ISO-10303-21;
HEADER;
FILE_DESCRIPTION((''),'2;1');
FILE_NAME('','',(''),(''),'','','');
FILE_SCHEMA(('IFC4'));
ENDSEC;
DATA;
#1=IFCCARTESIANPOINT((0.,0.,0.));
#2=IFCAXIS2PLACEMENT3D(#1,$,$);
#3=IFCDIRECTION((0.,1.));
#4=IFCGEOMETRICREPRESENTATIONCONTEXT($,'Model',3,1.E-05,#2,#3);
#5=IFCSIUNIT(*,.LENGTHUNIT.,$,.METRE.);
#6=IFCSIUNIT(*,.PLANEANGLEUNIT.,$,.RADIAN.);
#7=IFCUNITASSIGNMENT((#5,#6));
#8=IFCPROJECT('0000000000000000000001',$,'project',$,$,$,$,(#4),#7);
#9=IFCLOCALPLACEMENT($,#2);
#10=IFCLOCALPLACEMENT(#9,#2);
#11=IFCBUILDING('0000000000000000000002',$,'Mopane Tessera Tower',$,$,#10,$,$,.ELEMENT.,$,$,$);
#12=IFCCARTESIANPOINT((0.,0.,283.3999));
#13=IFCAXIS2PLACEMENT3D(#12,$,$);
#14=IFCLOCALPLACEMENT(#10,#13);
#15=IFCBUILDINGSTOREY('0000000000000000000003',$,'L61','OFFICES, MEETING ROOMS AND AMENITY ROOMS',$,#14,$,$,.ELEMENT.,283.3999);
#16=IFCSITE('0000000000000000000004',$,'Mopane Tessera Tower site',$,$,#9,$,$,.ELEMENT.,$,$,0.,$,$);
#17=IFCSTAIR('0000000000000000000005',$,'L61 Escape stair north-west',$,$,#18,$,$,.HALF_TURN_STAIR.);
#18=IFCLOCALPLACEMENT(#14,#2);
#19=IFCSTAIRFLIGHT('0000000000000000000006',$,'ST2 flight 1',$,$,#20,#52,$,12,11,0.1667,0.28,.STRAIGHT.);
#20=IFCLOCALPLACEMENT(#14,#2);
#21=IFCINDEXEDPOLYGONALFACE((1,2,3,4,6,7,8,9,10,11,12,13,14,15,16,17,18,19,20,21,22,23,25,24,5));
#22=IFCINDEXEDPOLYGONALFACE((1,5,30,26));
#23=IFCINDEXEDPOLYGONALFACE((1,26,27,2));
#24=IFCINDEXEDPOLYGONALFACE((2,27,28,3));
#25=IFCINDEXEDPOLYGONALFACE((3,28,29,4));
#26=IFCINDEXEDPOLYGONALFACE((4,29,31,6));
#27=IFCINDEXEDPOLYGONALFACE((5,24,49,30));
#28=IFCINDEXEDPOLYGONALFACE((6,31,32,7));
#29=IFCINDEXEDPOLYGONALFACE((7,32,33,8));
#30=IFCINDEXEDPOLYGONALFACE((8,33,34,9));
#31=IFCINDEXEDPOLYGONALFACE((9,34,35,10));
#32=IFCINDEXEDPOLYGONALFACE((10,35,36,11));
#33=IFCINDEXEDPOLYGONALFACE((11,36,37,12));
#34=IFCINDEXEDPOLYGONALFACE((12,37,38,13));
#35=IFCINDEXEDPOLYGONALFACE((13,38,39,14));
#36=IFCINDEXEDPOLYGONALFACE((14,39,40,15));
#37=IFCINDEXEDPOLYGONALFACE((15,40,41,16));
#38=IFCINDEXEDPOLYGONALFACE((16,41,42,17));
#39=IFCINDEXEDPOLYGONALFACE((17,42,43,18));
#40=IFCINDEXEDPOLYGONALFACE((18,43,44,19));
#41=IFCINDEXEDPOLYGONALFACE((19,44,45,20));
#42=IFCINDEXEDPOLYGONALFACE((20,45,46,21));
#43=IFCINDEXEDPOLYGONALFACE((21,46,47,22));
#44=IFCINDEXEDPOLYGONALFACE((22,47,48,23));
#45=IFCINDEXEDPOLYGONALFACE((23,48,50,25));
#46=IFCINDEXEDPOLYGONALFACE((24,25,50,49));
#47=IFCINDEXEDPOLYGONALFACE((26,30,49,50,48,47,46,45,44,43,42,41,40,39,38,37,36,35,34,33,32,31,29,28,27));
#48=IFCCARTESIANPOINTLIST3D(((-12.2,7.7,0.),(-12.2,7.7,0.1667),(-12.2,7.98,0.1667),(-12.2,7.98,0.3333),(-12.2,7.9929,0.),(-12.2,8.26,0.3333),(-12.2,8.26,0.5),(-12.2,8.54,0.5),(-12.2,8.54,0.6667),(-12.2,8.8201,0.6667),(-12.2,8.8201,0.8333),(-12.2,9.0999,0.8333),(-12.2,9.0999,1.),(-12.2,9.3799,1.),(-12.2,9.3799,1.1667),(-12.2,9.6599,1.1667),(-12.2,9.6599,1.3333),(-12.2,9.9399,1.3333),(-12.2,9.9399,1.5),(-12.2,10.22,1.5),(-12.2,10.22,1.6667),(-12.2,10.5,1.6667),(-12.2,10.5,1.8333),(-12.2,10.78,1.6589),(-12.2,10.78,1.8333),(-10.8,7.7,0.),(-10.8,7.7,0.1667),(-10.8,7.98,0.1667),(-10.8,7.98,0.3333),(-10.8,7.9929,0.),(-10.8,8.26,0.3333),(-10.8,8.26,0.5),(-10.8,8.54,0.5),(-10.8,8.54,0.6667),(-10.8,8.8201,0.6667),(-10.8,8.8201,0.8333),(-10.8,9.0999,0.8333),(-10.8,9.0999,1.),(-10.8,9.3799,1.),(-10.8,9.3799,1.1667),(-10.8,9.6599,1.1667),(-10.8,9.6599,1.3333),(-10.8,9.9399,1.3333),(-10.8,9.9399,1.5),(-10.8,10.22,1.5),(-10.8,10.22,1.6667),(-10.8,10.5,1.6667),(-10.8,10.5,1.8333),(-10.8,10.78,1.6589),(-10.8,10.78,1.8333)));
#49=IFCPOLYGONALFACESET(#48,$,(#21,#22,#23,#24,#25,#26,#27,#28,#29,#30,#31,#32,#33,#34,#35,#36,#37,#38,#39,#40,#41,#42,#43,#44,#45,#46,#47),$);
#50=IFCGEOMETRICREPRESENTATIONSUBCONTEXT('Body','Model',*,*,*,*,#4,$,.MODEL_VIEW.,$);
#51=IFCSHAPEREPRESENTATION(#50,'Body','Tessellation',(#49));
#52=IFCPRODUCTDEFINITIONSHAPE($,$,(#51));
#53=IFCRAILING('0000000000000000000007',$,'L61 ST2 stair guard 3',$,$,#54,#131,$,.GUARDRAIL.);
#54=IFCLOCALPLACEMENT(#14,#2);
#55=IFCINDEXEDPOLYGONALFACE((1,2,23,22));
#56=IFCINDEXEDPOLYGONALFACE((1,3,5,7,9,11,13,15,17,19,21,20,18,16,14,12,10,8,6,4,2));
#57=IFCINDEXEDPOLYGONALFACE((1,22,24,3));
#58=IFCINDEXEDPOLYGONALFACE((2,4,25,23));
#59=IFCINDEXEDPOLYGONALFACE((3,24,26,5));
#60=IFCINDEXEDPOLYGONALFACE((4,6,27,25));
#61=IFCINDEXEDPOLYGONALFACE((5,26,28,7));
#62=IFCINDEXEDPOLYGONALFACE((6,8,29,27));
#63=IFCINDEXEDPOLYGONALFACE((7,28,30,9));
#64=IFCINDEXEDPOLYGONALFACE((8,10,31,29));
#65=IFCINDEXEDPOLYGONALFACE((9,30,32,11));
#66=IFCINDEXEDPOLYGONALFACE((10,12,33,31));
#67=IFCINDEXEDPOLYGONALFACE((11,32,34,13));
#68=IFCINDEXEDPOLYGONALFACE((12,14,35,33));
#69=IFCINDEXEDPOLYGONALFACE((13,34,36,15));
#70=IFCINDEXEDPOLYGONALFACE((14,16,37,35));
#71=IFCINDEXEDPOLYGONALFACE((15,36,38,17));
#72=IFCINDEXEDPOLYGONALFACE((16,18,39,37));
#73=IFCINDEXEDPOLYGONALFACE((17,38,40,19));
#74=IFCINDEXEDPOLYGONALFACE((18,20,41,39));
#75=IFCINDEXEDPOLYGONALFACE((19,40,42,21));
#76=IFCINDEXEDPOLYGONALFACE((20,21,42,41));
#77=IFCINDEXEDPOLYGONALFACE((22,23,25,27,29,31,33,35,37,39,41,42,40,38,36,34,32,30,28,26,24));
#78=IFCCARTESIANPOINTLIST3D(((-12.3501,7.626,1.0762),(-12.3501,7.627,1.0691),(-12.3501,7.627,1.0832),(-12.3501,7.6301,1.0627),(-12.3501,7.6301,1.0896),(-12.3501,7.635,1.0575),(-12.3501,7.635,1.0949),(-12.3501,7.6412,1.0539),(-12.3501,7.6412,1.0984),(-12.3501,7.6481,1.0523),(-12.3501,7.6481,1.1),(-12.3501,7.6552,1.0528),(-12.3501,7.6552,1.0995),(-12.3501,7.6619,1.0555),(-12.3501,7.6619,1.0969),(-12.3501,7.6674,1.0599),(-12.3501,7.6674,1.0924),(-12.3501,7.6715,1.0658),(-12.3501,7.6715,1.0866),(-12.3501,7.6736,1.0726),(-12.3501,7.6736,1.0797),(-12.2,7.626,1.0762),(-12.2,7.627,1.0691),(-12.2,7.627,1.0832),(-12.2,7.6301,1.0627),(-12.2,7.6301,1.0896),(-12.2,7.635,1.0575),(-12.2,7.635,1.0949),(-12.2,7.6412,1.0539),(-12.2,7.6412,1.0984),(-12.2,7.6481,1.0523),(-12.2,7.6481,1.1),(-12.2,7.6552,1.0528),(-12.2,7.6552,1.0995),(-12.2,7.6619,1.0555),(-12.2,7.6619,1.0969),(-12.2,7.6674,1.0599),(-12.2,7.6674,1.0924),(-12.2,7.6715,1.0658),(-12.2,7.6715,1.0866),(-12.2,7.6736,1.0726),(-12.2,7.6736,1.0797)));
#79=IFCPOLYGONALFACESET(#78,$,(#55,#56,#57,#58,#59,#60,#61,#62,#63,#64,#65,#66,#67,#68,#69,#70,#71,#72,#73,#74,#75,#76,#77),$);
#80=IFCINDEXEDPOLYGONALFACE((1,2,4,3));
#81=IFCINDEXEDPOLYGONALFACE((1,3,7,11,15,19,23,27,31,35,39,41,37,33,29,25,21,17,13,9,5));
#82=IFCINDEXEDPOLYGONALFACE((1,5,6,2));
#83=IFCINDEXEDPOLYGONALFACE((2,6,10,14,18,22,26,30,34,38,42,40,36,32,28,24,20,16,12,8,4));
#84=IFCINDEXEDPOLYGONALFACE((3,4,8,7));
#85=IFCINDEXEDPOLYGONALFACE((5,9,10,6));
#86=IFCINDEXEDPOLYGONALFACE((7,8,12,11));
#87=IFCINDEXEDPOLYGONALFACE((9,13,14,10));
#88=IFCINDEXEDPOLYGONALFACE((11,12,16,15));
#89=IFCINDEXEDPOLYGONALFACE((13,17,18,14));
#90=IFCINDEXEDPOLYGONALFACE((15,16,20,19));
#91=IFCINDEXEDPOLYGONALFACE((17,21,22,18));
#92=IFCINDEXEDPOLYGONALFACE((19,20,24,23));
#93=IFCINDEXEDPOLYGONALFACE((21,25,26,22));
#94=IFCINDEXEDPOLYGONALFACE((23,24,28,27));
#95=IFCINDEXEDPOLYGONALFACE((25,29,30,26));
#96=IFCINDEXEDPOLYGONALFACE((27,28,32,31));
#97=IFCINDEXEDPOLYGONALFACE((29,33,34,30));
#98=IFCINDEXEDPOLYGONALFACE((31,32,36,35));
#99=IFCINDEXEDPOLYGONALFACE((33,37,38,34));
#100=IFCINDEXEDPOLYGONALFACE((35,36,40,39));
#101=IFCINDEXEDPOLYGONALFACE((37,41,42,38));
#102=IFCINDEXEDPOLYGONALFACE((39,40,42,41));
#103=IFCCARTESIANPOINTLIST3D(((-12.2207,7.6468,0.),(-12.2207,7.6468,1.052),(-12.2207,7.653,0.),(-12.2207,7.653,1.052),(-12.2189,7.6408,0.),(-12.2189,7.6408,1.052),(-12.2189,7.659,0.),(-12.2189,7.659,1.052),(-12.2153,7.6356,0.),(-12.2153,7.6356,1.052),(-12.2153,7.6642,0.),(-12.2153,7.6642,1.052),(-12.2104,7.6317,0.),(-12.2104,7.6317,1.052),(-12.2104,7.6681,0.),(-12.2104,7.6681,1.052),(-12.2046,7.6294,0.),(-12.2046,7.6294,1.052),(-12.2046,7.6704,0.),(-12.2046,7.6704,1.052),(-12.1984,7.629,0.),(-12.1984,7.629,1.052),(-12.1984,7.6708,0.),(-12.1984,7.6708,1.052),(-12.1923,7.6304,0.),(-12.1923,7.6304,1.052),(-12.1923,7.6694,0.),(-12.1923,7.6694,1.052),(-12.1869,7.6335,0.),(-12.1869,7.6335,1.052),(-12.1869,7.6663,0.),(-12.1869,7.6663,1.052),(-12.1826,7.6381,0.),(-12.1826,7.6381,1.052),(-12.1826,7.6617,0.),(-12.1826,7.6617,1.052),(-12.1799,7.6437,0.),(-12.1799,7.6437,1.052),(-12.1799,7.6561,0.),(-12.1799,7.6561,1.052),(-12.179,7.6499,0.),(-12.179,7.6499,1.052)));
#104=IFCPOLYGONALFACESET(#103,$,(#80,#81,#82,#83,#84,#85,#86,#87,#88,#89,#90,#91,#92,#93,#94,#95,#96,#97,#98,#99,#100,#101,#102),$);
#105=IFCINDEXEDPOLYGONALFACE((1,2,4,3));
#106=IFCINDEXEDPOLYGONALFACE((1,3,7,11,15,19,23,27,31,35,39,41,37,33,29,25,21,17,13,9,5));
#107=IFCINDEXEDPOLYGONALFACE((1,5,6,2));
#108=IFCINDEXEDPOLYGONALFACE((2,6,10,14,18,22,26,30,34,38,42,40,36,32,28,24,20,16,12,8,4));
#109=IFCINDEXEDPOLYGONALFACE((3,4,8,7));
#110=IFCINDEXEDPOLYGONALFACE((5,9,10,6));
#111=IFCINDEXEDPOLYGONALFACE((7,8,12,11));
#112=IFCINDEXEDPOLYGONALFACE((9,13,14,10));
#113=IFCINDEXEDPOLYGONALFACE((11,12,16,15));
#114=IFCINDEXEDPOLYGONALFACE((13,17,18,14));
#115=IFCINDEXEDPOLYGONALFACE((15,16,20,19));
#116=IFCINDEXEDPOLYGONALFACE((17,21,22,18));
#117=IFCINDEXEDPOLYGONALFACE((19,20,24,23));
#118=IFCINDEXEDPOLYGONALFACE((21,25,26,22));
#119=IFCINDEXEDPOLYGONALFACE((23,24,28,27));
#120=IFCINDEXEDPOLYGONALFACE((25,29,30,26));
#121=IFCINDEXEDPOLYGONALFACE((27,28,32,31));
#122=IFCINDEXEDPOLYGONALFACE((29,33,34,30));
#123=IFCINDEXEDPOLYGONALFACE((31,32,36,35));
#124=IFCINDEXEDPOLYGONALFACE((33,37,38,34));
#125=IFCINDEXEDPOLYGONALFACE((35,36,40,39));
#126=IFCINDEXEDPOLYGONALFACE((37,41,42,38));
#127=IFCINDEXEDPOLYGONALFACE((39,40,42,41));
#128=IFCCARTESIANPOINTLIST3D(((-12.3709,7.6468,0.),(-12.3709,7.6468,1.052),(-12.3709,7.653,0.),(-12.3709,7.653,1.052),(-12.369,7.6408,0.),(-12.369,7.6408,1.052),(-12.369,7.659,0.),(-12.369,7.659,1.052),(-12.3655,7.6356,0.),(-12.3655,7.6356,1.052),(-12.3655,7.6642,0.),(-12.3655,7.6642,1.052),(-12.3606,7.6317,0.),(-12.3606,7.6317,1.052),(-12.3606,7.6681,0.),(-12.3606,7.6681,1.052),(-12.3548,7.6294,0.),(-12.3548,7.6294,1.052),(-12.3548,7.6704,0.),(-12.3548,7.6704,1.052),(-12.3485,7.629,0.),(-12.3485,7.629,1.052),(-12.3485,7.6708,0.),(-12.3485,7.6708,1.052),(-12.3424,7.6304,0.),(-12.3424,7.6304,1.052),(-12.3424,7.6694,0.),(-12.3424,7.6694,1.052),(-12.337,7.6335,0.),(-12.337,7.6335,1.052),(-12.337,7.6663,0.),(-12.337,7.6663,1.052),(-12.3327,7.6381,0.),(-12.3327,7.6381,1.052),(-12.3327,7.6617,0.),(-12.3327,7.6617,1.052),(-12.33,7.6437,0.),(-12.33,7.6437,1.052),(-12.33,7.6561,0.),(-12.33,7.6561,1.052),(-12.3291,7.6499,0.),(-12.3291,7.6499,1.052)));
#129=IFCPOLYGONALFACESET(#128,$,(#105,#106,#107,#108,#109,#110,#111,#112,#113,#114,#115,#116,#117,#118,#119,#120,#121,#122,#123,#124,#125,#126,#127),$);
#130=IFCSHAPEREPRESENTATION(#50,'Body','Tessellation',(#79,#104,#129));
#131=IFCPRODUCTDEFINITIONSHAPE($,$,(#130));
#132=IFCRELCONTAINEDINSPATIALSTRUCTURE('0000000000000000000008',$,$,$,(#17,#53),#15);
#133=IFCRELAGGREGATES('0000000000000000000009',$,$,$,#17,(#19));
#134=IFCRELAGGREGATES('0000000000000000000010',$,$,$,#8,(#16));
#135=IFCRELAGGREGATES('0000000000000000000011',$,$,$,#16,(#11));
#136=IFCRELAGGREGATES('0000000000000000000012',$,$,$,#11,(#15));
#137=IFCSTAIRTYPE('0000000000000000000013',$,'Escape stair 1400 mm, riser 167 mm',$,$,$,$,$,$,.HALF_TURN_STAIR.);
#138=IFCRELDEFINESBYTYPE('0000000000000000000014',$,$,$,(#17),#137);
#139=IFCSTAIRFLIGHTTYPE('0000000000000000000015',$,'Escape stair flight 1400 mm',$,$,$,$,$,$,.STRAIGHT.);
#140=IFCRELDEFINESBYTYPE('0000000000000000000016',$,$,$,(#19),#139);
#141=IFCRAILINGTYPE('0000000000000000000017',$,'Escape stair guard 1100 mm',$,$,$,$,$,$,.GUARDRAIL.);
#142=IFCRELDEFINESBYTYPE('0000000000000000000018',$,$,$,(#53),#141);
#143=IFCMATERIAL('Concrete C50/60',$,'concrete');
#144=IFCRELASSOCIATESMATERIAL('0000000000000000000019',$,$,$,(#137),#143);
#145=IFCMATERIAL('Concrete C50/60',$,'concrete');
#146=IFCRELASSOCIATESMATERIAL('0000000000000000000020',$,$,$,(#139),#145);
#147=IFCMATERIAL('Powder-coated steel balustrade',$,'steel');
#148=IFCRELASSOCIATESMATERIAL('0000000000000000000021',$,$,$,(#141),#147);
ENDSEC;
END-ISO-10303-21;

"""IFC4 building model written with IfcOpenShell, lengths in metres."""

from ifc_helpers import new_model, si_unit, direction, frame, origin, origin_2d, place, context, subcontext, project, spatial, polyline, circle, outline, extrude, material, type_object, element, aggregate, save


model = new_model("IFC4")

# Units and contexts
model_context = context("Model", 3, precision=1e-05, world=origin(), true_north=direction((0.0, 1.0)))
body_context = subcontext(model_context, "Body", "Model", "MODEL_VIEW")
ifc_project = project(units=[si_unit("LENGTHUNIT", "METRE"), si_unit("PLANEANGLEUNIT", "RADIAN")], contexts=[model_context])

# Site, building, storey
site_placement = place(None, origin())
site = spatial("IfcSite", under=ifc_project, at=site_placement, Name="Mopane Tessera Tower site", CompositionType="ELEMENT", RefElevation=0.0)
building_placement = place(site_placement, origin())
building = spatial("IfcBuilding", under=site, at=building_placement, Name="Mopane Tessera Tower", CompositionType="ELEMENT")
storey_placement = place(building_placement, frame((0.0, 0.0, 283.3999)))
storey = spatial("IfcBuildingStorey", under=building, at=storey_placement, Name="L61", Description="OFFICES, MEETING ROOMS AND AMENITY ROOMS", CompositionType="ELEMENT", Elevation=283.3999)

# Stair, stair flight
ifc_material_1 = material(Name="Concrete C50/60", Category="concrete")
stair_type = type_object("IfcStairType", Name="Escape stair 1400 mm, riser 167 mm", PredefinedType="HALF_TURN_STAIR", material=ifc_material_1)
stair_placement = place(storey_placement, origin())
stair = element("IfcStair", 1, at=stair_placement, inside=storey, type_object=stair_type, Name="L61 Escape stair north-west", PredefinedType="HALF_TURN_STAIR")
ifc_material_2 = material(Name="Concrete C50/60", Category="concrete")
stair_flight_type = type_object("IfcStairFlightType", Name="Escape stair flight 1400 mm", PredefinedType="STRAIGHT", material=ifc_material_2)
stair_flight_placement = place(storey_placement, frame((-11.5, 7.7, 0.0), z_axis=(0.0, 0.0, 1.0), x_axis=(0.0, 1.0, 0.0)))
stair_flight = element("IfcStairFlight", 2, at=stair_flight_placement, type_object=stair_flight_type, Name="ST2 flight 1", NumberOfRisers=12, NumberOfTreads=11, PredefinedType="STRAIGHT", RiserHeight=0.1667, TreadLength=0.28, context=body_context, shape_type="SweptSolid", body=[
    extrude(outline(polyline([(0.0, 0.0), (0.0, 0.1667), (0.28, 0.1667), (0.28, 0.3333), (0.5601, 0.3333), (0.5601, 0.5), (0.8401, 0.5), (0.8401, 0.6667), (1.1201, 0.6667), (1.1201, 0.8333), (1.3999, 0.8333), (1.3999, 1.0), (1.6799, 1.0), (1.6799, 1.1667), (1.96, 1.1667), (1.96, 1.3333), (2.24, 1.3333), (2.24, 1.5), (2.52, 1.5), (2.52, 1.6667), (2.8, 1.6667), (2.8, 1.8333), (3.0801, 1.8333), (3.0801, 2.0), (3.0801, 1.6589), (0.293, 0.0), (0.0, 0.0)])), frame((0.0, 0.7, 0.0), z_axis=(0.0, -1.0, 0.0), x_axis=(1.0, 0.0, 0.0)), (0.0, 0.0, 1.0), 1.3999),
])
aggregate(stair, [stair_flight])

# Railing
ifc_material_3 = material(Name="Powder-coated steel balustrade", Category="steel")
railing_type_1 = type_object("IfcRailingType", Name="Escape stair guard 1100 mm", PredefinedType="GUARDRAIL", material=ifc_material_3)
railing_1_placement = place(storey_placement, frame((-12.2, 7.6499, 0.0)))
element("IfcRailing", 3, at=railing_1_placement, inside=storey, type_object=railing_type_1, Name="L61 ST2 stair guard 3", PredefinedType="GUARDRAIL", context=body_context, shape_type="SweptSolid", body=[
    extrude(circle(Radius=0.0239, at=origin_2d()), frame((0.0, 0.0, 1.0762), z_axis=(-1.0, 0.0, 0.0), x_axis=(0.0, -1.0, 0.0)), (0.0, 0.0, 1.0), 0.1501),
    extrude(circle(Radius=0.021, at=origin_2d()), origin(), (0.0, 0.0, 1.0), 1.052),
    extrude(circle(Radius=0.021, at=origin_2d()), frame((-0.1501, 0.0, 0.0)), (0.0, 0.0, 1.0), 1.052),
])

save(model, "model.ifc")
